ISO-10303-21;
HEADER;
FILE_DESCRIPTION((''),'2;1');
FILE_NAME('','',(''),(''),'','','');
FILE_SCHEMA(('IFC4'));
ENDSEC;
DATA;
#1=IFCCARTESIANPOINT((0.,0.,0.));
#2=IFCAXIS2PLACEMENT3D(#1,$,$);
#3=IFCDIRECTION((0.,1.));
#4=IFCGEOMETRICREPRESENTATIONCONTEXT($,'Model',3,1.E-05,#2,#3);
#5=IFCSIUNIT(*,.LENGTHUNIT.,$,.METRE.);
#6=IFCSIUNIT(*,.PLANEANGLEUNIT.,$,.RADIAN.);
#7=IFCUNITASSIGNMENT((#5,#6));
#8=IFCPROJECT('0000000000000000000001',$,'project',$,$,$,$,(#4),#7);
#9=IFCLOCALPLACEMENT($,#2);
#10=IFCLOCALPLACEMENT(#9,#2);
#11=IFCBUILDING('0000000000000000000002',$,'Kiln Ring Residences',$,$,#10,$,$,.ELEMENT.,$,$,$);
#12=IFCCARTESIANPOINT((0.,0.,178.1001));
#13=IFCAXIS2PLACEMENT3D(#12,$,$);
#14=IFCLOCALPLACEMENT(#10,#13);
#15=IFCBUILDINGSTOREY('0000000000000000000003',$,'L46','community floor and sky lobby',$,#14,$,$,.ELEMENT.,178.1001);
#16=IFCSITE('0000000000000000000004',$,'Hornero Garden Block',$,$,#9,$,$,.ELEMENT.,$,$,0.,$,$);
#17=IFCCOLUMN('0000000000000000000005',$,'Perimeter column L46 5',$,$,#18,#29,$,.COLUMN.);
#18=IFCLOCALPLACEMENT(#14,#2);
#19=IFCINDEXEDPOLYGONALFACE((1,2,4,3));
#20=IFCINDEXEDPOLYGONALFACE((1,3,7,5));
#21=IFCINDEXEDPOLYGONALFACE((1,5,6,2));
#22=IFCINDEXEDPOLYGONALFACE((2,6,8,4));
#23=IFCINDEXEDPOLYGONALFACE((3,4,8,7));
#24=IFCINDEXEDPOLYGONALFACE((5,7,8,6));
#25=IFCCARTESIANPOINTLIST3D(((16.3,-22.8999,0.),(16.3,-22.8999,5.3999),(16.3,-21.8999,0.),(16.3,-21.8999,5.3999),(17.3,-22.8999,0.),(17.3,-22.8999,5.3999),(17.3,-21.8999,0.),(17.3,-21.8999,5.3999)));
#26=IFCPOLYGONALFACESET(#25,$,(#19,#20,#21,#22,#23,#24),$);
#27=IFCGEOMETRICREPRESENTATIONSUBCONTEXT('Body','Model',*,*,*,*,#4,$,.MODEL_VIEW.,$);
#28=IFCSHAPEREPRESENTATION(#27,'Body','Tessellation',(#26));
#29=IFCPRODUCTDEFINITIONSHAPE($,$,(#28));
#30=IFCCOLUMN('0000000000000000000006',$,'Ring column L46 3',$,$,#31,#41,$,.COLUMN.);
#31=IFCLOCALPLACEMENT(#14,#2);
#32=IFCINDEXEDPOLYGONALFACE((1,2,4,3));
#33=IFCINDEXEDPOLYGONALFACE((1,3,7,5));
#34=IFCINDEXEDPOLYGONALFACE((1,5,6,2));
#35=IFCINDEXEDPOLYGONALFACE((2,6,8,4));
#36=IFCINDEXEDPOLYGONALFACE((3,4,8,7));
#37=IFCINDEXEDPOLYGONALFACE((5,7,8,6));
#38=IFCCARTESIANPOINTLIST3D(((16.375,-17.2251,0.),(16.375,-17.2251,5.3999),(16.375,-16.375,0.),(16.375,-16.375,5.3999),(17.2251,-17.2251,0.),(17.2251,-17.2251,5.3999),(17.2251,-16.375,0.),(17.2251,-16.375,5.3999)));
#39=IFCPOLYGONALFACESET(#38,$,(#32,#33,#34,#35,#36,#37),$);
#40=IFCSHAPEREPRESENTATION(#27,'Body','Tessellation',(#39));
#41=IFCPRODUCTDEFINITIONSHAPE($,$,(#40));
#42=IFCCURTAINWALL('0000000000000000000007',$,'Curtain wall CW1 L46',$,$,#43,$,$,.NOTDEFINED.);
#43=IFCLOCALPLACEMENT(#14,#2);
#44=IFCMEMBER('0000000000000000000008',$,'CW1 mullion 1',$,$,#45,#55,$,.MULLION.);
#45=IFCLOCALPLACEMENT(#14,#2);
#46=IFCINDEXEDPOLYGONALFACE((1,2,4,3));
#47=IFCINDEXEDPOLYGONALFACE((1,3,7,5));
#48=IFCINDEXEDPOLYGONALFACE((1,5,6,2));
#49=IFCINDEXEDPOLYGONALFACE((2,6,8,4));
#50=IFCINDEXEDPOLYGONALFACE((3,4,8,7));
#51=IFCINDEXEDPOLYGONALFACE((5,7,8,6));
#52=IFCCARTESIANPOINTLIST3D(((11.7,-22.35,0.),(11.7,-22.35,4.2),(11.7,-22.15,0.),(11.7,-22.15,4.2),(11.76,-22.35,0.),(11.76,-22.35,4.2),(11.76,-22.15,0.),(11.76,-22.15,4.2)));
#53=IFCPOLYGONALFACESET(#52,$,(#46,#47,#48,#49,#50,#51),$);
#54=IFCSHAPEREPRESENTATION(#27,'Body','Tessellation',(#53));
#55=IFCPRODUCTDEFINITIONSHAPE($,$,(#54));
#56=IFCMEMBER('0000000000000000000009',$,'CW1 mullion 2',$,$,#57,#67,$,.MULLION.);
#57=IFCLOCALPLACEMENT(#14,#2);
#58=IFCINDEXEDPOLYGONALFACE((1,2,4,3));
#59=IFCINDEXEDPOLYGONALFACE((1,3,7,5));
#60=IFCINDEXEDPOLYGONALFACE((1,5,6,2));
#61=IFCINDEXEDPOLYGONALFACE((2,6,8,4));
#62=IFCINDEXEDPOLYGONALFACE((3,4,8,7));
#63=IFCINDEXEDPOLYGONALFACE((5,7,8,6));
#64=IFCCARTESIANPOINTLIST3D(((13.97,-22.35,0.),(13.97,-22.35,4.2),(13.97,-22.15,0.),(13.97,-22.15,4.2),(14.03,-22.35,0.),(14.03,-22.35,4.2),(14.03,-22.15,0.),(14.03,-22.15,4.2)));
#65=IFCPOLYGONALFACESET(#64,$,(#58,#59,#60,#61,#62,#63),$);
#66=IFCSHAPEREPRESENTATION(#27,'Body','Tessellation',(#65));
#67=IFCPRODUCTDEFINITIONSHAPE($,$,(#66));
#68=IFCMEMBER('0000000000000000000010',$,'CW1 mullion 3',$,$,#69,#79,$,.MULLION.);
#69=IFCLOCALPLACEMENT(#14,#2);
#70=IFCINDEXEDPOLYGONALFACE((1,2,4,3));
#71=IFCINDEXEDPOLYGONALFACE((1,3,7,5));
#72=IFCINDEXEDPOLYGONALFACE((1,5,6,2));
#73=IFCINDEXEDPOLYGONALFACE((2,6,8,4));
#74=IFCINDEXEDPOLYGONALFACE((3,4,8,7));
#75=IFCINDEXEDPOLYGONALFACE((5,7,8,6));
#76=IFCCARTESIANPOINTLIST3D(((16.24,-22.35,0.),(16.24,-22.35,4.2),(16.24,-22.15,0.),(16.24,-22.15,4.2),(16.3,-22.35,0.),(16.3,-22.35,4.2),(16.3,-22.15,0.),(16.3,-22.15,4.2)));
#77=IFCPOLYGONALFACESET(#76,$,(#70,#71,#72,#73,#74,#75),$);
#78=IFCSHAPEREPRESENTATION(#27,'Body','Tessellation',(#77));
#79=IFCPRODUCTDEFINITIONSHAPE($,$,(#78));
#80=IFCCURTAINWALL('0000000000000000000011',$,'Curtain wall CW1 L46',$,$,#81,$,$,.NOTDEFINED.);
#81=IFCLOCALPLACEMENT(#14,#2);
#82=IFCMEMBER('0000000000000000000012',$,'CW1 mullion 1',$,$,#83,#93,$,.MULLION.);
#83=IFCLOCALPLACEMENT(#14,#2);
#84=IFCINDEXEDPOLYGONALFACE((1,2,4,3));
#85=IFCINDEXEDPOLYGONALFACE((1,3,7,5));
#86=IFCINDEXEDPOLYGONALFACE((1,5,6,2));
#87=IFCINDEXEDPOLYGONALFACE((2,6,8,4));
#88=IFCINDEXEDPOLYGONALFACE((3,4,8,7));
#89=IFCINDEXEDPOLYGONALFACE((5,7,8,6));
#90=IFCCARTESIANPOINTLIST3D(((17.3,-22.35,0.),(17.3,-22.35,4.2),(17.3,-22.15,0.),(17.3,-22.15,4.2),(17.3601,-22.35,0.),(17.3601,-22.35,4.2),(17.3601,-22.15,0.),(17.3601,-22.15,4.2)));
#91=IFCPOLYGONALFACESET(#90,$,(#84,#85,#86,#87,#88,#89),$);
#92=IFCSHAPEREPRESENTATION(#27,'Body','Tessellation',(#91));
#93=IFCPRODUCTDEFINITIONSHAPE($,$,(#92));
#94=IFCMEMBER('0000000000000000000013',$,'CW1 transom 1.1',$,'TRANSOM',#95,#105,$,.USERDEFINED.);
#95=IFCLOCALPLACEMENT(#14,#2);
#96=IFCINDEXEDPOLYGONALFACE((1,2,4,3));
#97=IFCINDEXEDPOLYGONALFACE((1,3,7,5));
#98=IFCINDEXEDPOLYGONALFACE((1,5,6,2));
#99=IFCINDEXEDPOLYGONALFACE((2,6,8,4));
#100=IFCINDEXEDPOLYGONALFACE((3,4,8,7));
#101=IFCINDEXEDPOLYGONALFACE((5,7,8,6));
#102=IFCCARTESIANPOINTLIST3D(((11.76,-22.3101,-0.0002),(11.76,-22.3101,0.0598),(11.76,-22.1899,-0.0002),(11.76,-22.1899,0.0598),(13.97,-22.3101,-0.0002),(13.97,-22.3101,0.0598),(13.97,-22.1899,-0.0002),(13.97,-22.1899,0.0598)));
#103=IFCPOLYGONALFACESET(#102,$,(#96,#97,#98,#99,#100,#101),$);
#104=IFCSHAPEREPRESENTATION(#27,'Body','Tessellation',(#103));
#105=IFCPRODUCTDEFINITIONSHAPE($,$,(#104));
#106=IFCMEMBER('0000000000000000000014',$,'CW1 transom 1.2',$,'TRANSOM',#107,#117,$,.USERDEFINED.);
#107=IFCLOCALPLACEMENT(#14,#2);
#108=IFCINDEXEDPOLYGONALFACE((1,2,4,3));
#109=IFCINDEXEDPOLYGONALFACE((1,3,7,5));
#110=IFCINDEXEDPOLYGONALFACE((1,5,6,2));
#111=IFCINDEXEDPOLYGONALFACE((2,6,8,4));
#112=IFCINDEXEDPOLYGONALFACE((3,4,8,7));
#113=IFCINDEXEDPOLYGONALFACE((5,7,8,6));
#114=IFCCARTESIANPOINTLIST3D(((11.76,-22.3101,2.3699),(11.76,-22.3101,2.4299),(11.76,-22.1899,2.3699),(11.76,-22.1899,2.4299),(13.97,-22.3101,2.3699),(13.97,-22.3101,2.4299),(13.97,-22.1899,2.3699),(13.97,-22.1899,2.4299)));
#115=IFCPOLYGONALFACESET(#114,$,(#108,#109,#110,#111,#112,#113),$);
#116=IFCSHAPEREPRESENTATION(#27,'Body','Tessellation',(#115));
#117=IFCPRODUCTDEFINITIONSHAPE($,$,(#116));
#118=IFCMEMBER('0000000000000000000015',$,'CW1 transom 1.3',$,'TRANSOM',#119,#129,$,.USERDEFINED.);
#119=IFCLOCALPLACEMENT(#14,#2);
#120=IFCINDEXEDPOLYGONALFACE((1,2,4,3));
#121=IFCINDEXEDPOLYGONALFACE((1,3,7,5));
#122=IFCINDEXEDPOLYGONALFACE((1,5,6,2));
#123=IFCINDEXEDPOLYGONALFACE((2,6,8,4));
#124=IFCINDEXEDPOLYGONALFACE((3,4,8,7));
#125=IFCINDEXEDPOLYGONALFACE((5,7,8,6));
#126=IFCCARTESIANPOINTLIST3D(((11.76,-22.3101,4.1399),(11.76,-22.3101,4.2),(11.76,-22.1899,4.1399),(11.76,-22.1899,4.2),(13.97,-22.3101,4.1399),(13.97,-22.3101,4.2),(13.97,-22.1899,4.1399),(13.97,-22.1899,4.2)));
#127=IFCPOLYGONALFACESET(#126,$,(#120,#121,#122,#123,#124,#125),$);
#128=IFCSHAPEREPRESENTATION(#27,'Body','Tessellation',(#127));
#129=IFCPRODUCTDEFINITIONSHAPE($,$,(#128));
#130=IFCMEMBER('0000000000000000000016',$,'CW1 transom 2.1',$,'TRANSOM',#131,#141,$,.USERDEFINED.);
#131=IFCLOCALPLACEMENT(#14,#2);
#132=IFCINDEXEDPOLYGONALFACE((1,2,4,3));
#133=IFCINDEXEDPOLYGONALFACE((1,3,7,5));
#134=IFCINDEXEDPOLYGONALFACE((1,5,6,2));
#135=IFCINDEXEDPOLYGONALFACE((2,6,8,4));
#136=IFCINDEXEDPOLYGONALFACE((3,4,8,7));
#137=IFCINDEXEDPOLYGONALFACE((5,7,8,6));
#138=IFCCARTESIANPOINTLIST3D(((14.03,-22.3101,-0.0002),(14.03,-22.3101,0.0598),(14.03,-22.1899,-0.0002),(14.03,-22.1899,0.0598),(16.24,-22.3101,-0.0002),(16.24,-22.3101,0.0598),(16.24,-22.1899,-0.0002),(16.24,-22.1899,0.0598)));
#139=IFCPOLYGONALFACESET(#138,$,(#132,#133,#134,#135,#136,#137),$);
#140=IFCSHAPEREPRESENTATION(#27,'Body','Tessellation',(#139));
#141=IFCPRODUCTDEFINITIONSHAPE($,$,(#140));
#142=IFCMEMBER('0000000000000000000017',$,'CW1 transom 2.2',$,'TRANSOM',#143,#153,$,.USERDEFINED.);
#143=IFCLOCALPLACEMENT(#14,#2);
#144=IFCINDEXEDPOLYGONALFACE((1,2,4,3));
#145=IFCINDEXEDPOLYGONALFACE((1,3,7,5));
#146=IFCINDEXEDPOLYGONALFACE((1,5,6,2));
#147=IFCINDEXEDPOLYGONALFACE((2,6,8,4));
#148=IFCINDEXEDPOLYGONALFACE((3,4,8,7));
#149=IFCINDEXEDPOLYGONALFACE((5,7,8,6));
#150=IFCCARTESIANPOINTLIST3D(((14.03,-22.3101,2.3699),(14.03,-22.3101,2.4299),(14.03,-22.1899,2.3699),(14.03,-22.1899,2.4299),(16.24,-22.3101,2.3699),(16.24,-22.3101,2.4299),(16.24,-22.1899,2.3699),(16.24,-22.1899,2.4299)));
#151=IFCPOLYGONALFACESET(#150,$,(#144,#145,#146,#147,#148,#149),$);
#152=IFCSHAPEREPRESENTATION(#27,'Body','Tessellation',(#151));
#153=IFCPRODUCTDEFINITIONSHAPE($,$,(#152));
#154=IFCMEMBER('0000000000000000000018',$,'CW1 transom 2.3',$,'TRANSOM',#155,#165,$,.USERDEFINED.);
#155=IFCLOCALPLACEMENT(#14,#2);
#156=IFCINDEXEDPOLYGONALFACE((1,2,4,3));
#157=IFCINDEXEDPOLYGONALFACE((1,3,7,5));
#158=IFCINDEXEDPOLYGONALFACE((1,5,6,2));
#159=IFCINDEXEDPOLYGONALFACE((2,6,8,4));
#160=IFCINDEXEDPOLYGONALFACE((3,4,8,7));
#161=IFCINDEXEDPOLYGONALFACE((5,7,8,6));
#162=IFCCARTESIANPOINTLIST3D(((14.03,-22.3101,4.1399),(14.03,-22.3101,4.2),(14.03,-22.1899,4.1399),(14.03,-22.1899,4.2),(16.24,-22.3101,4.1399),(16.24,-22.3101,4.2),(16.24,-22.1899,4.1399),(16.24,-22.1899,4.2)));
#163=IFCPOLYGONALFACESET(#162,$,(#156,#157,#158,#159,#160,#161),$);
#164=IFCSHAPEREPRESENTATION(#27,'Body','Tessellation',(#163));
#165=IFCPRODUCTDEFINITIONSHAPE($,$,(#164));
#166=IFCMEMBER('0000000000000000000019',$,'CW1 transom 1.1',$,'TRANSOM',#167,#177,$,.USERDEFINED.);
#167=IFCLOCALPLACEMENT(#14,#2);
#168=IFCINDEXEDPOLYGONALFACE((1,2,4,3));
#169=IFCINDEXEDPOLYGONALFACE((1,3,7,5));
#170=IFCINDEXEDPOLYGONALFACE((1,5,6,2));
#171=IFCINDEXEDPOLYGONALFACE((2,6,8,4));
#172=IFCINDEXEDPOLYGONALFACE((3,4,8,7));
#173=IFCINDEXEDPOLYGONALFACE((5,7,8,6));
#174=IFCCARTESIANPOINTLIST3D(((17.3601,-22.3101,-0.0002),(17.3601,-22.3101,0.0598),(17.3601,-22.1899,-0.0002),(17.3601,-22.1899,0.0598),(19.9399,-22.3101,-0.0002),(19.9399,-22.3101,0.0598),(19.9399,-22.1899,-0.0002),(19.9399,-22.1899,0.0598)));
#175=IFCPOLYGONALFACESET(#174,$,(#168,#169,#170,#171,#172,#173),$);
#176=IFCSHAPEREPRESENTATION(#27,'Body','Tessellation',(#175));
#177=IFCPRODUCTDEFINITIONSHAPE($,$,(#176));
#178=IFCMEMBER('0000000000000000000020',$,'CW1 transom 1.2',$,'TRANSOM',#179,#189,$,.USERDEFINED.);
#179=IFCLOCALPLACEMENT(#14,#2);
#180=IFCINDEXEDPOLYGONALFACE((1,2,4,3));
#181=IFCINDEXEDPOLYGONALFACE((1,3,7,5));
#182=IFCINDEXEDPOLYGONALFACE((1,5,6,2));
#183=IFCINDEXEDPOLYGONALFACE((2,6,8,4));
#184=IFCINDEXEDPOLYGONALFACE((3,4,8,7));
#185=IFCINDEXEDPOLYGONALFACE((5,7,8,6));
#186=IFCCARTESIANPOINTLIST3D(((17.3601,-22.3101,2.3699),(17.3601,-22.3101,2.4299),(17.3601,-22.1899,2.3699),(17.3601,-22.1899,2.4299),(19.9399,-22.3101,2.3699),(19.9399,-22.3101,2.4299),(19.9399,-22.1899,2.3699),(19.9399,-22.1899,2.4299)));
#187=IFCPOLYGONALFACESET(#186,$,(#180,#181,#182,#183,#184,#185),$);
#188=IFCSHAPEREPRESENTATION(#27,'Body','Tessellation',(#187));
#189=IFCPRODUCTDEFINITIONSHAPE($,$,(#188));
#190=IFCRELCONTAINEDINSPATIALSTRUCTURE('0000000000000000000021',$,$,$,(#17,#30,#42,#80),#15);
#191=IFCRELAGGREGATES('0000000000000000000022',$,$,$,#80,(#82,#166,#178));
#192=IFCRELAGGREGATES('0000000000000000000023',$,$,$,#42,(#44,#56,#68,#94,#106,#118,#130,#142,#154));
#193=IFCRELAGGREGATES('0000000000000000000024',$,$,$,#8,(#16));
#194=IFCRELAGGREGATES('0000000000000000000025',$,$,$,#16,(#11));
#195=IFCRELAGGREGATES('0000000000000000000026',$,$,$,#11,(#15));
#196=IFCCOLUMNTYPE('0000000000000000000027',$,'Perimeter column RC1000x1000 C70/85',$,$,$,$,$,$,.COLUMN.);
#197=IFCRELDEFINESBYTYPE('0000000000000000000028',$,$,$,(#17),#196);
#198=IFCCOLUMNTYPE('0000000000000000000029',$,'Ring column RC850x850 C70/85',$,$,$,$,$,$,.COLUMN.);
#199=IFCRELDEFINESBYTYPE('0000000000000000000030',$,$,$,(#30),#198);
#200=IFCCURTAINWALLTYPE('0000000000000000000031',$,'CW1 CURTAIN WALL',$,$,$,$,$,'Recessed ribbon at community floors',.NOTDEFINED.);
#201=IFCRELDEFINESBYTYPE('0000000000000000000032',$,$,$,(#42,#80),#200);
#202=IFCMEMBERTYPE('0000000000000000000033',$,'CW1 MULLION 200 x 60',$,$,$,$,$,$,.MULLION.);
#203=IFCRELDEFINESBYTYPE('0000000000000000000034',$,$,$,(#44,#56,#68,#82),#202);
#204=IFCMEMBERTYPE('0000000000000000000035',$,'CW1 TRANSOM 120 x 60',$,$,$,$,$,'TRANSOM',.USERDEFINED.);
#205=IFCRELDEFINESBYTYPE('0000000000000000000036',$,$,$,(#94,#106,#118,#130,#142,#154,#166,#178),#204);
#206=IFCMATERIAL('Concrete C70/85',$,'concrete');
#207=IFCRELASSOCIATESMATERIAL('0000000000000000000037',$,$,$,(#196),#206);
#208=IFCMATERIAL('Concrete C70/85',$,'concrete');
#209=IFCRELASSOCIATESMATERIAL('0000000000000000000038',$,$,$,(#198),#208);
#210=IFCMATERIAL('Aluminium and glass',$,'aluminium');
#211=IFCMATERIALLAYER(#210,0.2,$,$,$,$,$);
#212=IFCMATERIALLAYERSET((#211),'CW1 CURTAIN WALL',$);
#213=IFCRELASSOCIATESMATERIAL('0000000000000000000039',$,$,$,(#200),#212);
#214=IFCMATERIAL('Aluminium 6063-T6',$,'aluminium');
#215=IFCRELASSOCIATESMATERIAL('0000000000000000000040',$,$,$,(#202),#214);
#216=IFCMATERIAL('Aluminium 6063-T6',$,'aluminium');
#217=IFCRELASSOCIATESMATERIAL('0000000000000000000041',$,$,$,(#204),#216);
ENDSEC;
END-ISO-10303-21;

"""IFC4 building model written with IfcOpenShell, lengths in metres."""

from ifc_helpers import new_model, si_unit, direction, frame, origin, origin_2d, place, context, subcontext, project, spatial, rectangle, extrude, material, layer, layer_set, material_profile, profile_set, type_object, element, aggregate, save


model = new_model("IFC4")

# Units and contexts
model_context = context("Model", 3, precision=1e-05, world=origin(), true_north=direction((0.0, 1.0)))
body_context = subcontext(model_context, "Body", "Model", "MODEL_VIEW")
ifc_project = project(units=[si_unit("LENGTHUNIT", "METRE"), si_unit("PLANEANGLEUNIT", "RADIAN")], contexts=[model_context])

# Site, building, storey
site_placement = place(None, origin())
site = spatial("IfcSite", under=ifc_project, at=site_placement, Name="Hornero Garden Block", CompositionType="ELEMENT", RefElevation=0.0)
building_placement = place(site_placement, origin())
building = spatial("IfcBuilding", under=site, at=building_placement, Name="Kiln Ring Residences", CompositionType="ELEMENT")
storey_placement = place(building_placement, frame((0.0, 0.0, 178.1001)))
storey = spatial("IfcBuildingStorey", under=building, at=storey_placement, Name="L46", Description="community floor and sky lobby", CompositionType="ELEMENT", Elevation=178.1001)

# Columns
ifc_material_1 = material(Name="Concrete C70/85", Category="concrete")
ifc_material_profile_1 = material_profile(ifc_material_1, rectangle(XDim=1.0, YDim=1.0, at=origin_2d()), Name="RC1000x1000")
ifc_profile_set_1 = profile_set([ifc_material_profile_1], Name="Concrete C70/85")
column_type_1 = type_object("IfcColumnType", Name="Perimeter column RC1000x1000 C70/85", PredefinedType="COLUMN", material=ifc_profile_set_1)
column_1_placement = place(storey_placement, frame((16.8, -22.3999, 0.0), z_axis=(0.0, 0.0, 1.0), x_axis=(1.0, 0.0, 0.0)))
element("IfcColumn", 1, at=column_1_placement, inside=storey, type_object=column_type_1, Name="Perimeter column L46 5", PredefinedType="COLUMN", context=body_context, shape_type="SweptSolid", body=[
    extrude(rectangle(XDim=1.0, YDim=1.0, at=origin_2d()), origin(), (0.0, 0.0, 1.0), 5.3999),
])
ifc_material_2 = material(Name="Concrete C70/85", Category="concrete")
ifc_material_profile_2 = material_profile(ifc_material_2, rectangle(XDim=0.8501, YDim=0.8501, at=origin_2d()), Name="RC850x850")
ifc_profile_set_2 = profile_set([ifc_material_profile_2], Name="Concrete C70/85")
column_type_2 = type_object("IfcColumnType", Name="Ring column RC850x850 C70/85", PredefinedType="COLUMN", material=ifc_profile_set_2)
column_2_placement = place(storey_placement, frame((16.8, -16.8, 0.0), z_axis=(0.0, 0.0, 1.0), x_axis=(1.0, 0.0, 0.0)))
element("IfcColumn", 2, at=column_2_placement, inside=storey, type_object=column_type_2, Name="Ring column L46 3", PredefinedType="COLUMN", context=body_context, shape_type="SweptSolid", body=[
    extrude(rectangle(XDim=0.8501, YDim=0.8501, at=origin_2d()), origin(), (0.0, 0.0, 1.0), 5.3999),
])

# Curtain wall, members
ifc_material_3 = material(Name="Aluminium and glass", Category="aluminium")
ifc_layer_1 = layer(ifc_material_3, 0.2)
ifc_layer_set_1 = layer_set([ifc_layer_1], Name="CW1 CURTAIN WALL")
curtain_wall_type = type_object("IfcCurtainWallType", Name="CW1 CURTAIN WALL", ElementType="Recessed ribbon at community floors", PredefinedType="NOTDEFINED", material=ifc_layer_set_1)
placement = place(storey_placement, origin())
curtain_wall_1 = element("IfcCurtainWall", 3, at=placement, inside=storey, type_object=curtain_wall_type, Name="Curtain wall CW1 L46", PredefinedType="NOTDEFINED")
ifc_material_4 = material(Name="Aluminium 6063-T6", Category="aluminium")
ifc_material_profile_3 = material_profile(ifc_material_4, rectangle(XDim=0.2, YDim=0.0601, at=origin_2d()), Name="AL 200x60")
ifc_profile_set_3 = profile_set([ifc_material_profile_3], Name="Aluminium 6063-T6")
member_type_1 = type_object("IfcMemberType", Name="CW1 MULLION 200 x 60", PredefinedType="MULLION", material=ifc_profile_set_3)
member_1_placement = place(storey_placement, frame((11.73, -22.25, 0.0), z_axis=(0.0, 0.0, 1.0), x_axis=(0.0, 1.0, 0.0)))
member_1 = element("IfcMember", 4, at=member_1_placement, type_object=member_type_1, Name="CW1 mullion 1", PredefinedType="MULLION", context=body_context, shape_type="SweptSolid", body=[
    extrude(rectangle(XDim=0.2, YDim=0.0601, at=origin_2d()), origin(), (0.0, 0.0, 1.0), 4.2),
])
member_2_placement = place(storey_placement, frame((14.0, -22.25, 0.0), z_axis=(0.0, 0.0, 1.0), x_axis=(0.0, 1.0, 0.0)))
member_2 = element("IfcMember", 5, at=member_2_placement, type_object=member_type_1, Name="CW1 mullion 2", PredefinedType="MULLION", context=body_context, shape_type="SweptSolid", body=[
    extrude(rectangle(XDim=0.2, YDim=0.0601, at=origin_2d()), origin(), (0.0, 0.0, 1.0), 4.2),
])
member_3_placement = place(storey_placement, frame((16.27, -22.25, 0.0), z_axis=(0.0, 0.0, 1.0), x_axis=(0.0, 1.0, 0.0)))
member_3 = element("IfcMember", 6, at=member_3_placement, type_object=member_type_1, Name="CW1 mullion 3", PredefinedType="MULLION", context=body_context, shape_type="SweptSolid", body=[
    extrude(rectangle(XDim=0.2, YDim=0.0601, at=origin_2d()), origin(), (0.0, 0.0, 1.0), 4.2),
])

# Curtain wall, member
curtain_wall_2 = element("IfcCurtainWall", 7, at=placement, inside=storey, type_object=curtain_wall_type, Name="Curtain wall CW1 L46", PredefinedType="NOTDEFINED")
member_4_placement = place(storey_placement, frame((17.3301, -22.25, 0.0), z_axis=(0.0, 0.0, 1.0), x_axis=(0.0, 1.0, 0.0)))
member_4 = element("IfcMember", 8, at=member_4_placement, type_object=member_type_1, Name="CW1 mullion 1", PredefinedType="MULLION", context=body_context, shape_type="SweptSolid", body=[
    extrude(rectangle(XDim=0.2, YDim=0.0601, at=origin_2d()), origin(), (0.0, 0.0, 1.0), 4.2),
])

# Members
ifc_material_5 = material(Name="Aluminium 6063-T6", Category="aluminium")
ifc_material_profile_4 = material_profile(ifc_material_5, rectangle(XDim=0.1201, YDim=0.0601, at=origin_2d()), Name="AL 120x60")
ifc_profile_set_4 = profile_set([ifc_material_profile_4], Name="Aluminium 6063-T6")
member_type_2 = type_object("IfcMemberType", Name="CW1 TRANSOM 120 x 60", ElementType="TRANSOM", PredefinedType="USERDEFINED", material=ifc_profile_set_4)
member_5_placement = place(storey_placement, frame((11.76, -22.25, 0.0298), z_axis=(1.0, 0.0, 0.0), x_axis=(0.0, 1.0, 0.0)))
member_5 = element("IfcMember", 9, at=member_5_placement, type_object=member_type_2, Name="CW1 transom 1.1", ObjectType="TRANSOM", PredefinedType="USERDEFINED", context=body_context, shape_type="SweptSolid", body=[
    extrude(rectangle(XDim=0.1201, YDim=0.0601, at=origin_2d()), origin(), (0.0, 0.0, 1.0), 2.21),
])
member_6_placement = place(storey_placement, frame((11.76, -22.25, 2.3999), z_axis=(1.0, 0.0, 0.0), x_axis=(0.0, 1.0, 0.0)))
member_6 = element("IfcMember", 10, at=member_6_placement, type_object=member_type_2, Name="CW1 transom 1.2", ObjectType="TRANSOM", PredefinedType="USERDEFINED", context=body_context, shape_type="SweptSolid", body=[
    extrude(rectangle(XDim=0.1201, YDim=0.0601, at=origin_2d()), origin(), (0.0, 0.0, 1.0), 2.21),
])
member_7_placement = place(storey_placement, frame((11.76, -22.25, 4.1699), z_axis=(1.0, 0.0, 0.0), x_axis=(0.0, 1.0, 0.0)))
member_7 = element("IfcMember", 11, at=member_7_placement, type_object=member_type_2, Name="CW1 transom 1.3", ObjectType="TRANSOM", PredefinedType="USERDEFINED", context=body_context, shape_type="SweptSolid", body=[
    extrude(rectangle(XDim=0.1201, YDim=0.0601, at=origin_2d()), origin(), (0.0, 0.0, 1.0), 2.21),
])
member_8_placement = place(storey_placement, frame((14.03, -22.25, 0.0298), z_axis=(1.0, 0.0, 0.0), x_axis=(0.0, 1.0, 0.0)))
member_8 = element("IfcMember", 12, at=member_8_placement, type_object=member_type_2, Name="CW1 transom 2.1", ObjectType="TRANSOM", PredefinedType="USERDEFINED", context=body_context, shape_type="SweptSolid", body=[
    extrude(rectangle(XDim=0.1201, YDim=0.0601, at=origin_2d()), origin(), (0.0, 0.0, 1.0), 2.21),
])
member_9_placement = place(storey_placement, frame((14.03, -22.25, 2.3999), z_axis=(1.0, 0.0, 0.0), x_axis=(0.0, 1.0, 0.0)))
member_9 = element("IfcMember", 13, at=member_9_placement, type_object=member_type_2, Name="CW1 transom 2.2", ObjectType="TRANSOM", PredefinedType="USERDEFINED", context=body_context, shape_type="SweptSolid", body=[
    extrude(rectangle(XDim=0.1201, YDim=0.0601, at=origin_2d()), origin(), (0.0, 0.0, 1.0), 2.21),
])
member_10_placement = place(storey_placement, frame((14.03, -22.25, 4.1699), z_axis=(1.0, 0.0, 0.0), x_axis=(0.0, 1.0, 0.0)))
member_10 = element("IfcMember", 14, at=member_10_placement, type_object=member_type_2, Name="CW1 transom 2.3", ObjectType="TRANSOM", PredefinedType="USERDEFINED", context=body_context, shape_type="SweptSolid", body=[
    extrude(rectangle(XDim=0.1201, YDim=0.0601, at=origin_2d()), origin(), (0.0, 0.0, 1.0), 2.21),
])
member_11_placement = place(storey_placement, frame((17.3601, -22.25, 0.0298), z_axis=(1.0, 0.0, 0.0), x_axis=(0.0, 1.0, 0.0)))
member_11 = element("IfcMember", 15, at=member_11_placement, type_object=member_type_2, Name="CW1 transom 1.1", ObjectType="TRANSOM", PredefinedType="USERDEFINED", context=body_context, shape_type="SweptSolid", body=[
    extrude(rectangle(XDim=0.1201, YDim=0.0601, at=origin_2d()), origin(), (0.0, 0.0, 1.0), 2.5798),
])
member_12_placement = place(storey_placement, frame((17.3601, -22.25, 2.3999), z_axis=(1.0, 0.0, 0.0), x_axis=(0.0, 1.0, 0.0)))
member_12 = element("IfcMember", 16, at=member_12_placement, type_object=member_type_2, Name="CW1 transom 1.2", ObjectType="TRANSOM", PredefinedType="USERDEFINED", context=body_context, shape_type="SweptSolid", body=[
    extrude(rectangle(XDim=0.1201, YDim=0.0601, at=origin_2d()), origin(), (0.0, 0.0, 1.0), 2.5798),
])
aggregate(curtain_wall_2, [member_4, member_11, member_12])

aggregate(curtain_wall_1, [member_1, member_2, member_3, member_5, member_6, member_7, member_8, member_9, member_10])

save(model, "model.ifc")
